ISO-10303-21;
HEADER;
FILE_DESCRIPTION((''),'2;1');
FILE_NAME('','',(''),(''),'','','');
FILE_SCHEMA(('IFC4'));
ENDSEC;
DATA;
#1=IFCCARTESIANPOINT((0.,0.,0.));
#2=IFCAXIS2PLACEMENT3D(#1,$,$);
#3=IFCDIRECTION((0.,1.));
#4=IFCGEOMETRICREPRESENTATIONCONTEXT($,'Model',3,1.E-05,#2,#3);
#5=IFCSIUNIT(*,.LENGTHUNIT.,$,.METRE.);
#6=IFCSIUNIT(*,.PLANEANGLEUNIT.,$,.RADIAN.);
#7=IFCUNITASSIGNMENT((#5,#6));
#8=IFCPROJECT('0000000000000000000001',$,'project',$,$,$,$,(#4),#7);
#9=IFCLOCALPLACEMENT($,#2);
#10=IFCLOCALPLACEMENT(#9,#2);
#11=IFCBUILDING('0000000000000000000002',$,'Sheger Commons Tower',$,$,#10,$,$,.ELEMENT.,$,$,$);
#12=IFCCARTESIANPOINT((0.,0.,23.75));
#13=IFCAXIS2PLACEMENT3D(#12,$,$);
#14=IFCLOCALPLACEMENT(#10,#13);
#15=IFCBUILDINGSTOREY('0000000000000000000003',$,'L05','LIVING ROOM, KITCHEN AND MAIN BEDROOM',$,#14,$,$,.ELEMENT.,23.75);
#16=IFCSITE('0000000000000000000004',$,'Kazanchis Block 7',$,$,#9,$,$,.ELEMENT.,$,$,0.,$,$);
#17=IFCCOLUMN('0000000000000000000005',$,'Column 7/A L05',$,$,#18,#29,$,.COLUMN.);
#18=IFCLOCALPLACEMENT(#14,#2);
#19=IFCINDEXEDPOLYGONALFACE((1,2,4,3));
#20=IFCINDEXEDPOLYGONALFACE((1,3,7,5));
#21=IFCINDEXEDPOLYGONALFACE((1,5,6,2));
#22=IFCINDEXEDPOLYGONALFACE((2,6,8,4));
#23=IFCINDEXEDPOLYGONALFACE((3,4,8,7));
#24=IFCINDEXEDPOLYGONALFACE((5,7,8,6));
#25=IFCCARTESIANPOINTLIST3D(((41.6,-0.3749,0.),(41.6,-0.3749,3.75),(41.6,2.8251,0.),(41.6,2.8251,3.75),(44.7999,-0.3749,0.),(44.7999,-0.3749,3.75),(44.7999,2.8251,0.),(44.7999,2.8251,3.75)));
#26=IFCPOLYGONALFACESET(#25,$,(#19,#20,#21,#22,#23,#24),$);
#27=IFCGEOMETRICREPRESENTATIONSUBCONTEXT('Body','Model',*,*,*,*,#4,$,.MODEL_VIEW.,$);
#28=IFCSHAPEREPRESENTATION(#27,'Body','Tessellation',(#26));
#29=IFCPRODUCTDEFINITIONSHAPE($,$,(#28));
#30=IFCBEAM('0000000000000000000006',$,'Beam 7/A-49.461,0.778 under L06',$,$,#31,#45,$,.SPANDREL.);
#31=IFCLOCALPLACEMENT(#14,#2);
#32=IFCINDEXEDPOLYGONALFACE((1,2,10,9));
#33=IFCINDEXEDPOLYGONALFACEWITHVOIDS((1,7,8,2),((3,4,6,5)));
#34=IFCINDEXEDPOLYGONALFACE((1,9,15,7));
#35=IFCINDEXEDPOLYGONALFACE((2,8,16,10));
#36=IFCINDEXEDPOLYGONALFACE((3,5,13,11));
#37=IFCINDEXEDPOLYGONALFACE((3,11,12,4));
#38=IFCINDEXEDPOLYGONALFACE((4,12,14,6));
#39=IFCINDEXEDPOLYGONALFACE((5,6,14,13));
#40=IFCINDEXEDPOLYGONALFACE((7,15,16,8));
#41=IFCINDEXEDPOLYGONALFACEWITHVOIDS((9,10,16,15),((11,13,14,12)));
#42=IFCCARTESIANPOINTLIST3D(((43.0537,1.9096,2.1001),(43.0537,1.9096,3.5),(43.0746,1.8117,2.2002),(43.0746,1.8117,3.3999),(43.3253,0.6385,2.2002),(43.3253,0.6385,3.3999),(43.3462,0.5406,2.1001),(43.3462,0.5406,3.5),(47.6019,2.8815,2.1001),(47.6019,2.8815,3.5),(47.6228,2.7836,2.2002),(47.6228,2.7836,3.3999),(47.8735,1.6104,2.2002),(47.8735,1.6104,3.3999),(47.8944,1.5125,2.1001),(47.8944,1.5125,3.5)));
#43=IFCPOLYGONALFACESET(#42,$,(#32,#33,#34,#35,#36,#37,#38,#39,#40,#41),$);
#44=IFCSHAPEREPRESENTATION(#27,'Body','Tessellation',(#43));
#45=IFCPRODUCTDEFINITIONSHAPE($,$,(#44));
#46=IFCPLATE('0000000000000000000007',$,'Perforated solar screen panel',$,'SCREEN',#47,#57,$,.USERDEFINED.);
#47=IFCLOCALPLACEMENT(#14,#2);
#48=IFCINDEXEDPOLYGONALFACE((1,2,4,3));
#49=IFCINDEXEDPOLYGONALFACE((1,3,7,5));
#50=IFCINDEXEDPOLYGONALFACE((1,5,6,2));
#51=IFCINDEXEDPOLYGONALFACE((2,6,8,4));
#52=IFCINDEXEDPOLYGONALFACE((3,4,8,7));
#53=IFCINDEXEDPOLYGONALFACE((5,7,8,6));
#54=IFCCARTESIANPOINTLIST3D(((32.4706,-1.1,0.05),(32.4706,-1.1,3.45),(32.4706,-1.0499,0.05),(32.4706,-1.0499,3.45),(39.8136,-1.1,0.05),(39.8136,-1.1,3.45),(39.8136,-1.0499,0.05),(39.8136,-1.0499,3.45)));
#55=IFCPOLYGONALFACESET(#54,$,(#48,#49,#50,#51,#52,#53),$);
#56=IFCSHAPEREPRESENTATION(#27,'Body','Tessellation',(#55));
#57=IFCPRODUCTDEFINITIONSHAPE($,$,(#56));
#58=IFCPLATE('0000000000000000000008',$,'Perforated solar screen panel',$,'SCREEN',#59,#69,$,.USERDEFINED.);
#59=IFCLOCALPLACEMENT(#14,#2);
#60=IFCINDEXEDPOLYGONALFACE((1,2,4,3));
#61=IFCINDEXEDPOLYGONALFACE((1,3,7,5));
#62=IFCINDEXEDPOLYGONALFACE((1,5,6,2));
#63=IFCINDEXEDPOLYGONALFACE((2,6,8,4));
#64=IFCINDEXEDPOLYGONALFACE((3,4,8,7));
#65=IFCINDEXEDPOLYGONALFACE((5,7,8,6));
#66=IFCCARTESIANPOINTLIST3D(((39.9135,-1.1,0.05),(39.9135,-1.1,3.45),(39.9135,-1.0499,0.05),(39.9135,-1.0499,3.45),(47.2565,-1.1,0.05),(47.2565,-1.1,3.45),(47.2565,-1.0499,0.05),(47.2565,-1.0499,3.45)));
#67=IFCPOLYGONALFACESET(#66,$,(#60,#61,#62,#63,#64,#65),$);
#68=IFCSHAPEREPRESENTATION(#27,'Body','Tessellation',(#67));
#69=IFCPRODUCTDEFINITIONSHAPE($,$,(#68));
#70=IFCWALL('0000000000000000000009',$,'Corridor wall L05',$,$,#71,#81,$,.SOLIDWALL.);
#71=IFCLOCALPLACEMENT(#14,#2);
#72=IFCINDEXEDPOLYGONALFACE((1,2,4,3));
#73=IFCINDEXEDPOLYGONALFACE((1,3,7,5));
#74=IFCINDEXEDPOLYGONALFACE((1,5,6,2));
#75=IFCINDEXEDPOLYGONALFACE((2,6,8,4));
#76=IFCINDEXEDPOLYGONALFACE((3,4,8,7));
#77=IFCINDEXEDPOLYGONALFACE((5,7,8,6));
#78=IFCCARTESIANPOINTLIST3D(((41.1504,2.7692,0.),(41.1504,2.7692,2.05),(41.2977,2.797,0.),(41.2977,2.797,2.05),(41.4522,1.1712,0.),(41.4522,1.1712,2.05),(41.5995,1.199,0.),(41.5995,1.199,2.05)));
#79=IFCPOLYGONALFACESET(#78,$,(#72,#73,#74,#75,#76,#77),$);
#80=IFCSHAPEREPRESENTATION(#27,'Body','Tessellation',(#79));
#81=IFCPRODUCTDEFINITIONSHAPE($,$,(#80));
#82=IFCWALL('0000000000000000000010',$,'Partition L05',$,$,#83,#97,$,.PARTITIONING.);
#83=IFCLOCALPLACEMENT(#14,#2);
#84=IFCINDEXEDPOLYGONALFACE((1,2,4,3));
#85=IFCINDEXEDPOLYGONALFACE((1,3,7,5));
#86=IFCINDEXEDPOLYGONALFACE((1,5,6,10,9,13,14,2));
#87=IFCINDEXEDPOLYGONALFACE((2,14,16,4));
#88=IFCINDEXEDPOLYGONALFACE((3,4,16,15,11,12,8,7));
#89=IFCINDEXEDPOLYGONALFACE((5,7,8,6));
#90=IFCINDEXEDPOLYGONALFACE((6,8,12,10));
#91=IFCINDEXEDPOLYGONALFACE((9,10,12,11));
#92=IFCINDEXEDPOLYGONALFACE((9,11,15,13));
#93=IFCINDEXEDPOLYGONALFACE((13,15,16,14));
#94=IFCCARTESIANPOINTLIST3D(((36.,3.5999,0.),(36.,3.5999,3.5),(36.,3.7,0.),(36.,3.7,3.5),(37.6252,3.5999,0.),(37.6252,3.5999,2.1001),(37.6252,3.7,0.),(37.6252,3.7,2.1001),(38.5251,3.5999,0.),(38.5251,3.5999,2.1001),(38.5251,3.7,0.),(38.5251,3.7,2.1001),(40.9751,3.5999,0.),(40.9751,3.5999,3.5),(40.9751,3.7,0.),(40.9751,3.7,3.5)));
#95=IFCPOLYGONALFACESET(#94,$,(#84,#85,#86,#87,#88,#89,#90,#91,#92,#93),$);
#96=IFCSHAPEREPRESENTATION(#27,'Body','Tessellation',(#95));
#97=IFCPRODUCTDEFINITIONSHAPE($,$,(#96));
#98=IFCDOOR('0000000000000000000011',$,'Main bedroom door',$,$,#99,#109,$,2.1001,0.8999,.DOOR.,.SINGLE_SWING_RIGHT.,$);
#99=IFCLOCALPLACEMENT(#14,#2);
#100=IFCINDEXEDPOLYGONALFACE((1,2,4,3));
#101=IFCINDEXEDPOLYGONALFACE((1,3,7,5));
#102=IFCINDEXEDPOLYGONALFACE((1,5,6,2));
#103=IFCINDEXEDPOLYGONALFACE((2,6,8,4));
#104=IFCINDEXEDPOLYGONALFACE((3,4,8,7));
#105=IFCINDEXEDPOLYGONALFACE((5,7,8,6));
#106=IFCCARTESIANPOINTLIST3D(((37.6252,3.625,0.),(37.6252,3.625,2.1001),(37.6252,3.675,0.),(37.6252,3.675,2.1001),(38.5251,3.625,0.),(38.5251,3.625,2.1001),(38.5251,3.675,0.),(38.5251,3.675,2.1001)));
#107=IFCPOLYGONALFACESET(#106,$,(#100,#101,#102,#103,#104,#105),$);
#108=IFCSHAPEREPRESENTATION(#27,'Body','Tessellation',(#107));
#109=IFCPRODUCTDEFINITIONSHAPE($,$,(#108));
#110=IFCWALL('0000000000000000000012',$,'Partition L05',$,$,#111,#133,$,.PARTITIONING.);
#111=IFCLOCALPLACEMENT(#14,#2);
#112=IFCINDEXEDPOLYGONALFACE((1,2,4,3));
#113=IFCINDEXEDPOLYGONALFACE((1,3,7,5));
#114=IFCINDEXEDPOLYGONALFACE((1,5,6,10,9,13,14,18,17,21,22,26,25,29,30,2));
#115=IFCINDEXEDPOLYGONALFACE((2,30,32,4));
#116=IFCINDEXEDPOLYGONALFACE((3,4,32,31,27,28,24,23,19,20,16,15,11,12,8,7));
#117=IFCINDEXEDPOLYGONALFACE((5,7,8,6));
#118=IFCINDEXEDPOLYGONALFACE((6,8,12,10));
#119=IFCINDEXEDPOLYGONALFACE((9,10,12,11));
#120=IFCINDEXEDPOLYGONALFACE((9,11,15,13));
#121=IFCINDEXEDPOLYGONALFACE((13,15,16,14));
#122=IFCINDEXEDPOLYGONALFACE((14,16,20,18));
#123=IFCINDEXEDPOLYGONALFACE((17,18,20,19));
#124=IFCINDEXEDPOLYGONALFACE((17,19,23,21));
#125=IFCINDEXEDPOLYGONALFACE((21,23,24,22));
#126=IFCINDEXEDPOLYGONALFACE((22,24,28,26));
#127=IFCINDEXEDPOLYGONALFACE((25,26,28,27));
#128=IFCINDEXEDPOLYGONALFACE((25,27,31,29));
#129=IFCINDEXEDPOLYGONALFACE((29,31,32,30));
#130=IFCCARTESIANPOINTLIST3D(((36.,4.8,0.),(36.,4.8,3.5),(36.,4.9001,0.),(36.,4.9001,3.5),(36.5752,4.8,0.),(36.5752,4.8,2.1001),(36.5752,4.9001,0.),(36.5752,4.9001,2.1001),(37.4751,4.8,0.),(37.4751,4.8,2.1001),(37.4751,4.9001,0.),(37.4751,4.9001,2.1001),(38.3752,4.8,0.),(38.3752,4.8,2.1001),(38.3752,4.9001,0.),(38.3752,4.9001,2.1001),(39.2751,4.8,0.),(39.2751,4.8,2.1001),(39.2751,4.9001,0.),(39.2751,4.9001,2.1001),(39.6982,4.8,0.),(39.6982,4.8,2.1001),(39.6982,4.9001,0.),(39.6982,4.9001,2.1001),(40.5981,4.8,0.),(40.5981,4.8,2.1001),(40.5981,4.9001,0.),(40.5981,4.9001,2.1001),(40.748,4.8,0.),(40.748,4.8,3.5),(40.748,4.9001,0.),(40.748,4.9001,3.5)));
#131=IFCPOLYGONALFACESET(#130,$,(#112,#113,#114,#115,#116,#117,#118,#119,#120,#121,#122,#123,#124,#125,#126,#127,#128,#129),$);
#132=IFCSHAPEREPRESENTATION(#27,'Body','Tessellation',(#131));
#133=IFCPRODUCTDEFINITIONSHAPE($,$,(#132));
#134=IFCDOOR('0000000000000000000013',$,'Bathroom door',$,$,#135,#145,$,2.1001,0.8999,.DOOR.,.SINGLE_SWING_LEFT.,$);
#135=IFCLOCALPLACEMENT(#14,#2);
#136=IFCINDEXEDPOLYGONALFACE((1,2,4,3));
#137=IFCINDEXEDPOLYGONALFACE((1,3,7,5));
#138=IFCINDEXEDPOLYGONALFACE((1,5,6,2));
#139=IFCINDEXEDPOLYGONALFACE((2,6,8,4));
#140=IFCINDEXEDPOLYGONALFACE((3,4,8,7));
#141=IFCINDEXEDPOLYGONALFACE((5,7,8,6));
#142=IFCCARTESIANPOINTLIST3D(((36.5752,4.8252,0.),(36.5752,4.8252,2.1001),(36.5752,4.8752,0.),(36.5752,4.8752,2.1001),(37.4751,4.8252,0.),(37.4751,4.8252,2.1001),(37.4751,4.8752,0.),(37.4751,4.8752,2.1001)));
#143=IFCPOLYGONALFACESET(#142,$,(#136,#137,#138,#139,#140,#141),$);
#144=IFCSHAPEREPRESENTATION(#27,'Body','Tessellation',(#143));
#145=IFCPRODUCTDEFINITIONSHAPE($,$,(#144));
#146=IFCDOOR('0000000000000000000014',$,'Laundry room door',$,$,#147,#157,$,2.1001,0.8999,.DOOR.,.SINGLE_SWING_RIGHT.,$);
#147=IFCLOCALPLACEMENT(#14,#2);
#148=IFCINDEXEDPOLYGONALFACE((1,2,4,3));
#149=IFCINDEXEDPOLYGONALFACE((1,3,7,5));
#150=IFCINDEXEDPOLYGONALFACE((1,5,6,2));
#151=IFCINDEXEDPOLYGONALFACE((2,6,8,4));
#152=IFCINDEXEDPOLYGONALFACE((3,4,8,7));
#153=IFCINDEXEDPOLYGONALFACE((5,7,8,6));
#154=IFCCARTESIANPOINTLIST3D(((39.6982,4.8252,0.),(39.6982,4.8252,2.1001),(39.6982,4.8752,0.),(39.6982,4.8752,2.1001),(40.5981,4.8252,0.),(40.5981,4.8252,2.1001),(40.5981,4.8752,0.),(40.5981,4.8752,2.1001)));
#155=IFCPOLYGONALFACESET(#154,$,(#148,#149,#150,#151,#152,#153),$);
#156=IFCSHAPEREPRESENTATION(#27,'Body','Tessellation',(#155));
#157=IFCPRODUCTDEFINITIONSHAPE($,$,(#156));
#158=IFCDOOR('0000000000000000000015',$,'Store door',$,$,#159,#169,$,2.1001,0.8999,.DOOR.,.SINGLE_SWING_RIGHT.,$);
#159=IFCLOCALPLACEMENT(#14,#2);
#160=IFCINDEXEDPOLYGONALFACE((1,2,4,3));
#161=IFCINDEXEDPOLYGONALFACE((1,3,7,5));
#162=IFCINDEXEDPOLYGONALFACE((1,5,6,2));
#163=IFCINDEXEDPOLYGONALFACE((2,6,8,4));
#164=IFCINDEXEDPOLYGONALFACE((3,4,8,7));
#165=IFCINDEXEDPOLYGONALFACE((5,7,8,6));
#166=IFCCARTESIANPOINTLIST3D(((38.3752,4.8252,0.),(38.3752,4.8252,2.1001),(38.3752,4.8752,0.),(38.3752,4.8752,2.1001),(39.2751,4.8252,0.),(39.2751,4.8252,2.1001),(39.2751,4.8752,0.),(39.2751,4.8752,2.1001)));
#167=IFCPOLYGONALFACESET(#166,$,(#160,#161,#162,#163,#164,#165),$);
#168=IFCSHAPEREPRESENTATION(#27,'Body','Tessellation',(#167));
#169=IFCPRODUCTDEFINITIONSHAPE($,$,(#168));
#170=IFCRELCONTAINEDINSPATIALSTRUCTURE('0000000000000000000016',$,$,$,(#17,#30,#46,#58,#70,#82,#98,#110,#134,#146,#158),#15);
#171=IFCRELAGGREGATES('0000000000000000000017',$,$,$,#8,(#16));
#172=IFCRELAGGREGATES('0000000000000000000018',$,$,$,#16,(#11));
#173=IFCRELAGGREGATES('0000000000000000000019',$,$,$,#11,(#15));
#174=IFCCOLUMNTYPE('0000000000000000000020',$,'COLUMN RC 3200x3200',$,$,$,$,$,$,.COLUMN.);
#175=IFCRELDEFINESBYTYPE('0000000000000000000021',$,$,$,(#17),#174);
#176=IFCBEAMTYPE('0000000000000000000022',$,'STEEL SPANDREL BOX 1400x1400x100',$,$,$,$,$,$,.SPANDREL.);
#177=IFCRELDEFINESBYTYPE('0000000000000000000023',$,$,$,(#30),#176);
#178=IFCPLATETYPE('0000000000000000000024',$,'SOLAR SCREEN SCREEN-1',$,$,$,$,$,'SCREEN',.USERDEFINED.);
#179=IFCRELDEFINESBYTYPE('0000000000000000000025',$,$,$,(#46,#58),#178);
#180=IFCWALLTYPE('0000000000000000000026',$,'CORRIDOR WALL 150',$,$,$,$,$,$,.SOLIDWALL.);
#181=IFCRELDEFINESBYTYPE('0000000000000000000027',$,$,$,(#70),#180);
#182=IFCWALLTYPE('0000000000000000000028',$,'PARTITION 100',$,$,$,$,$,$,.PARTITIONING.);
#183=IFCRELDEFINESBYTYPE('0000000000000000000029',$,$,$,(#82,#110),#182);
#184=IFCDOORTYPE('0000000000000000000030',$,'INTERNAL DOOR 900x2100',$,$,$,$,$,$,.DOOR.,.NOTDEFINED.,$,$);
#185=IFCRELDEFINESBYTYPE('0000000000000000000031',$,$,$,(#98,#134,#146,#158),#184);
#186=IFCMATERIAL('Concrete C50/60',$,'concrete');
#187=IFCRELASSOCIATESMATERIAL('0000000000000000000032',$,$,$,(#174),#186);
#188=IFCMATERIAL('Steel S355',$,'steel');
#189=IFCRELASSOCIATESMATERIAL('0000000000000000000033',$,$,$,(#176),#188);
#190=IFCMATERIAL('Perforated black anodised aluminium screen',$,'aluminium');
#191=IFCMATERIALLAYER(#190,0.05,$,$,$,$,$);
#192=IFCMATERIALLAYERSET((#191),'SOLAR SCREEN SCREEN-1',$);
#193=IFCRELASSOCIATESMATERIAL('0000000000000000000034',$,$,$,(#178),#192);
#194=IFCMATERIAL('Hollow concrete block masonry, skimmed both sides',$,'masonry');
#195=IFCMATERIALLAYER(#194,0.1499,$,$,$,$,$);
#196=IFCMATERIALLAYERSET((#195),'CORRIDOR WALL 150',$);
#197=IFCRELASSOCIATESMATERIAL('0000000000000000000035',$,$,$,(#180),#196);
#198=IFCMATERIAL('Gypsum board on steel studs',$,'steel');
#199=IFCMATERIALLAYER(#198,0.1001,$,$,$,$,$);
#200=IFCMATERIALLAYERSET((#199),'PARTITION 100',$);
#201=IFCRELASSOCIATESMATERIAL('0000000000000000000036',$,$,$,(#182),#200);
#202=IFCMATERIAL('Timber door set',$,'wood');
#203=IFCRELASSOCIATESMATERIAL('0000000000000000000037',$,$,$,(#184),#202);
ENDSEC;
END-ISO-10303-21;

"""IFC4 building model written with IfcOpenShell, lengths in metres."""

from ifc_helpers import new_model, si_unit, direction, frame, frame_2d, origin, origin_2d, place, context, subcontext, project, spatial, rectangle, hollow_rectangle, extrude, material, layer, layer_set, material_profile, profile_set, type_object, element, fill, save


model = new_model("IFC4")

# Units and contexts
model_context = context("Model", 3, precision=1e-05, world=origin(), true_north=direction((0.0, 1.0)))
body_context = subcontext(model_context, "Body", "Model", "MODEL_VIEW")
ifc_project = project(units=[si_unit("LENGTHUNIT", "METRE"), si_unit("PLANEANGLEUNIT", "RADIAN")], contexts=[model_context])

# Site, building, storey
site_placement = place(None, origin())
site = spatial("IfcSite", under=ifc_project, at=site_placement, Name="Kazanchis Block 7", CompositionType="ELEMENT", RefElevation=0.0)
building_placement = place(site_placement, origin())
building = spatial("IfcBuilding", under=site, at=building_placement, Name="Sheger Commons Tower", CompositionType="ELEMENT")
storey_placement = place(building_placement, frame((0.0, 0.0, 23.75)))
storey = spatial("IfcBuildingStorey", under=building, at=storey_placement, Name="L05", Description="LIVING ROOM, KITCHEN AND MAIN BEDROOM", CompositionType="ELEMENT", Elevation=23.75)

# Column
ifc_material_1 = material(Name="Concrete C50/60", Category="concrete")
ifc_material_profile_1 = material_profile(ifc_material_1, rectangle(XDim=3.2, YDim=3.2, at=origin_2d()), Name="RC 3200x3200")
ifc_profile_set_1 = profile_set([ifc_material_profile_1], Name="Concrete C50/60")
column_type = type_object("IfcColumnType", Name="COLUMN RC 3200x3200", PredefinedType="COLUMN", material=ifc_profile_set_1)
column_placement = place(storey_placement, frame((43.2, 1.2251, 0.0), z_axis=(0.0, 0.0, 1.0), x_axis=(1.0, 0.0, 0.0)))
element("IfcColumn", 1, at=column_placement, inside=storey, type_object=column_type, Name="Column 7/A L05", PredefinedType="COLUMN", context=body_context, shape_type="SweptSolid", body=[
    extrude(rectangle(XDim=3.2, YDim=3.2, at=origin_2d()), origin(), (0.0, 0.0, 1.0), 3.75),
])

# Beam
ifc_material_2 = material(Name="Steel S355", Category="steel")
ifc_material_profile_2 = material_profile(ifc_material_2, hollow_rectangle(XDim=1.3999, YDim=1.3999, WallThickness=0.1001, at=origin_2d()), Name="BOX 1400x1400x100")
ifc_profile_set_2 = profile_set([ifc_material_profile_2], Name="Steel S355")
beam_type = type_object("IfcBeamType", Name="STEEL SPANDREL BOX 1400x1400x100", PredefinedType="SPANDREL", material=ifc_profile_set_2)
beam_placement = place(storey_placement, frame((43.2, 1.2251, 2.8), z_axis=(0.97792, 0.208981, 0.0), x_axis=(-0.208981, 0.97792, 0.0)))
element("IfcBeam", 2, at=beam_placement, inside=storey, type_object=beam_type, Name="Beam 7/A-49.461,0.778 under L06", PredefinedType="SPANDREL", context=body_context, shape_type="SweptSolid", body=[
    extrude(hollow_rectangle(XDim=1.3999, YDim=1.3999, WallThickness=0.1001, at=origin_2d()), origin(), (0.0, 0.0, 1.0), 4.6509),
])

# Plates
ifc_material_3 = material(Name="Perforated black anodised aluminium screen", Category="aluminium")
ifc_layer_1 = layer(ifc_material_3, 0.05)
ifc_layer_set_1 = layer_set([ifc_layer_1], Name="SOLAR SCREEN SCREEN-1")
plate_type = type_object("IfcPlateType", Name="SOLAR SCREEN SCREEN-1", ElementType="SCREEN", PredefinedType="USERDEFINED", material=ifc_layer_set_1)
for number, where, z_axis, x_axis, name in (
    (3, (36.1421, -1.075, 0.05), (0.0, 0.0, 1.0), (1.0, 0.0, 0.0), "Perforated solar screen panel"),
    (4, (43.585, -1.075, 0.05), (0.0, 0.0, 1.0), (1.0, 0.0, 0.0), "Perforated solar screen panel"),
):
    element("IfcPlate", number, at=place(storey_placement, frame(where, z_axis=z_axis, x_axis=x_axis)), inside=storey, type_object=plate_type, Name=name, ObjectType="SCREEN", PredefinedType="USERDEFINED", context=body_context, shape_type="SweptSolid", body=[
        extrude(rectangle(XDim=7.343, YDim=0.05, at=origin_2d()), origin(), (0.0, 0.0, 1.0), 3.3999),
    ])

# Wall
ifc_material_4 = material(Name="Hollow concrete block masonry, skimmed both sides", Category="masonry")
ifc_layer_2 = layer(ifc_material_4, 0.1499)
ifc_layer_set_2 = layer_set([ifc_layer_2], Name="CORRIDOR WALL 150")
wall_type_1 = type_object("IfcWallType", Name="CORRIDOR WALL 150", PredefinedType="SOLIDWALL", material=ifc_layer_set_2)
wall_1_placement = place(storey_placement, frame((41.2241, 2.783, 0.0), z_axis=(0.0, 0.0, 1.0), x_axis=(0.185567, -0.982632, 0.0)))
element("IfcWall", 5, at=wall_1_placement, inside=storey, type_object=wall_type_1, Name="Corridor wall L05", PredefinedType="SOLIDWALL", context=body_context, shape_type="SweptSolid", body=[
    extrude(rectangle(XDim=1.6262, YDim=0.1499, at=frame_2d((0.813, 0.0))), origin(), (0.0, 0.0, 1.0), 2.05),
])

# Wall, opening, door
ifc_material_5 = material(Name="Gypsum board on steel studs", Category="steel")
ifc_layer_3 = layer(ifc_material_5, 0.1001)
ifc_layer_set_3 = layer_set([ifc_layer_3], Name="PARTITION 100")
wall_type_2 = type_object("IfcWallType", Name="PARTITION 100", PredefinedType="PARTITIONING", material=ifc_layer_set_3)
wall_2_placement = place(storey_placement, frame((40.9751, 3.6499, 0.0), z_axis=(0.0, 0.0, 1.0), x_axis=(-1.0, 0.0, 0.0)))
wall_2 = element("IfcWall", 6, at=wall_2_placement, inside=storey, type_object=wall_type_2, Name="Partition L05", PredefinedType="PARTITIONING", context=body_context, shape_type="SweptSolid", body=[
    extrude(rectangle(XDim=4.9751, YDim=0.1001, at=frame_2d((2.4875, 0.0))), origin(), (0.0, 0.0, 1.0), 3.5),
])
opening_1_placement = place(wall_2_placement, frame((2.45, 0.0, 0.0)))
opening_1 = element("IfcOpeningElement", 7, at=opening_1_placement, cuts=wall_2, PredefinedType="OPENING", context=body_context, shape_type="SweptSolid", body=[
    extrude(rectangle(XDim=0.8999, YDim=2.1001, at=frame_2d((0.45, 1.05))), frame((0.0, 0.0601, 0.0), z_axis=(0.0, -1.0, 0.0), x_axis=(1.0, 0.0, 0.0)), (0.0, 0.0, 1.0), 0.1201),
])
ifc_material_6 = material(Name="Timber door set", Category="wood")
door_type = type_object("IfcDoorType", Name="INTERNAL DOOR 900x2100", OperationType="NOTDEFINED", PredefinedType="DOOR", material=ifc_material_6)
door_1_placement = place(opening_1_placement, origin())
door_1 = element("IfcDoor", 8, at=door_1_placement, inside=storey, type_object=door_type, Name="Main bedroom door", OperationType="SINGLE_SWING_RIGHT", OverallHeight=2.1001, OverallWidth=0.8999, PredefinedType="DOOR", context=body_context, shape_type="SweptSolid", body=[
    extrude(rectangle(XDim=0.8999, YDim=2.1001, at=frame_2d((0.45, 1.05))), frame((0.0, 0.0249, 0.0), z_axis=(0.0, -1.0, 0.0), x_axis=(1.0, 0.0, 0.0)), (0.0, 0.0, 1.0), 0.05),
])
fill(opening_1, door_1)

# Wall, openings, doors
wall_3_placement = place(storey_placement, frame((40.748, 4.8501, 0.0), z_axis=(0.0, 0.0, 1.0), x_axis=(-1.0, 0.0, 0.0)))
wall_3 = element("IfcWall", 9, at=wall_3_placement, inside=storey, type_object=wall_type_2, Name="Partition L05", PredefinedType="PARTITIONING", context=body_context, shape_type="SweptSolid", body=[
    extrude(rectangle(XDim=4.748, YDim=0.1001, at=frame_2d((2.374, 0.0))), origin(), (0.0, 0.0, 1.0), 3.5),
])
opening_2_placement = place(wall_3_placement, frame((3.2729, 0.0, 0.0)))
opening_2 = element("IfcOpeningElement", 10, at=opening_2_placement, cuts=wall_3, PredefinedType="OPENING", context=body_context, shape_type="SweptSolid", body=[
    extrude(rectangle(XDim=0.8999, YDim=2.1001, at=frame_2d((0.45, 1.05))), frame((0.0, 0.0601, 0.0), z_axis=(0.0, -1.0, 0.0), x_axis=(1.0, 0.0, 0.0)), (0.0, 0.0, 1.0), 0.1201),
])
opening_3_placement = place(wall_3_placement, frame((0.1499, 0.0, 0.0)))
opening_3 = element("IfcOpeningElement", 11, at=opening_3_placement, cuts=wall_3, PredefinedType="OPENING", context=body_context, shape_type="SweptSolid", body=[
    extrude(rectangle(XDim=0.8999, YDim=2.1001, at=frame_2d((0.45, 1.05))), frame((0.0, 0.0601, 0.0), z_axis=(0.0, -1.0, 0.0), x_axis=(1.0, 0.0, 0.0)), (0.0, 0.0, 1.0), 0.1201),
])
opening_4_placement = place(wall_3_placement, frame((1.4729, 0.0, 0.0)))
opening_4 = element("IfcOpeningElement", 12, at=opening_4_placement, cuts=wall_3, PredefinedType="OPENING", context=body_context, shape_type="SweptSolid", body=[
    extrude(rectangle(XDim=0.8999, YDim=2.1001, at=frame_2d((0.45, 1.05))), frame((0.0, 0.0601, 0.0), z_axis=(0.0, -1.0, 0.0), x_axis=(1.0, 0.0, 0.0)), (0.0, 0.0, 1.0), 0.1201),
])
door_2_placement = place(opening_2_placement, origin())
door_2 = element("IfcDoor", 13, at=door_2_placement, inside=storey, type_object=door_type, Name="Bathroom door", OperationType="SINGLE_SWING_LEFT", OverallHeight=2.1001, OverallWidth=0.8999, PredefinedType="DOOR", context=body_context, shape_type="SweptSolid", body=[
    extrude(rectangle(XDim=0.8999, YDim=2.1001, at=frame_2d((0.45, 1.05))), frame((0.0, 0.0249, 0.0), z_axis=(0.0, -1.0, 0.0), x_axis=(1.0, 0.0, 0.0)), (0.0, 0.0, 1.0), 0.05),
])
fill(opening_2, door_2)
door_3_placement = place(opening_3_placement, origin())
door_3 = element("IfcDoor", 14, at=door_3_placement, inside=storey, type_object=door_type, Name="Laundry room door", OperationType="SINGLE_SWING_RIGHT", OverallHeight=2.1001, OverallWidth=0.8999, PredefinedType="DOOR", context=body_context, shape_type="SweptSolid", body=[
    extrude(rectangle(XDim=0.8999, YDim=2.1001, at=frame_2d((0.45, 1.05))), frame((0.0, 0.0249, 0.0), z_axis=(0.0, -1.0, 0.0), x_axis=(1.0, 0.0, 0.0)), (0.0, 0.0, 1.0), 0.05),
])
fill(opening_3, door_3)
door_4_placement = place(opening_4_placement, origin())
door_4 = element("IfcDoor", 15, at=door_4_placement, inside=storey, type_object=door_type, Name="Store door", OperationType="SINGLE_SWING_RIGHT", OverallHeight=2.1001, OverallWidth=0.8999, PredefinedType="DOOR", context=body_context, shape_type="SweptSolid", body=[
    extrude(rectangle(XDim=0.8999, YDim=2.1001, at=frame_2d((0.45, 1.05))), frame((0.0, 0.0249, 0.0), z_axis=(0.0, -1.0, 0.0), x_axis=(1.0, 0.0, 0.0)), (0.0, 0.0, 1.0), 0.05),
])
fill(opening_4, door_4)

save(model, "model.ifc")
